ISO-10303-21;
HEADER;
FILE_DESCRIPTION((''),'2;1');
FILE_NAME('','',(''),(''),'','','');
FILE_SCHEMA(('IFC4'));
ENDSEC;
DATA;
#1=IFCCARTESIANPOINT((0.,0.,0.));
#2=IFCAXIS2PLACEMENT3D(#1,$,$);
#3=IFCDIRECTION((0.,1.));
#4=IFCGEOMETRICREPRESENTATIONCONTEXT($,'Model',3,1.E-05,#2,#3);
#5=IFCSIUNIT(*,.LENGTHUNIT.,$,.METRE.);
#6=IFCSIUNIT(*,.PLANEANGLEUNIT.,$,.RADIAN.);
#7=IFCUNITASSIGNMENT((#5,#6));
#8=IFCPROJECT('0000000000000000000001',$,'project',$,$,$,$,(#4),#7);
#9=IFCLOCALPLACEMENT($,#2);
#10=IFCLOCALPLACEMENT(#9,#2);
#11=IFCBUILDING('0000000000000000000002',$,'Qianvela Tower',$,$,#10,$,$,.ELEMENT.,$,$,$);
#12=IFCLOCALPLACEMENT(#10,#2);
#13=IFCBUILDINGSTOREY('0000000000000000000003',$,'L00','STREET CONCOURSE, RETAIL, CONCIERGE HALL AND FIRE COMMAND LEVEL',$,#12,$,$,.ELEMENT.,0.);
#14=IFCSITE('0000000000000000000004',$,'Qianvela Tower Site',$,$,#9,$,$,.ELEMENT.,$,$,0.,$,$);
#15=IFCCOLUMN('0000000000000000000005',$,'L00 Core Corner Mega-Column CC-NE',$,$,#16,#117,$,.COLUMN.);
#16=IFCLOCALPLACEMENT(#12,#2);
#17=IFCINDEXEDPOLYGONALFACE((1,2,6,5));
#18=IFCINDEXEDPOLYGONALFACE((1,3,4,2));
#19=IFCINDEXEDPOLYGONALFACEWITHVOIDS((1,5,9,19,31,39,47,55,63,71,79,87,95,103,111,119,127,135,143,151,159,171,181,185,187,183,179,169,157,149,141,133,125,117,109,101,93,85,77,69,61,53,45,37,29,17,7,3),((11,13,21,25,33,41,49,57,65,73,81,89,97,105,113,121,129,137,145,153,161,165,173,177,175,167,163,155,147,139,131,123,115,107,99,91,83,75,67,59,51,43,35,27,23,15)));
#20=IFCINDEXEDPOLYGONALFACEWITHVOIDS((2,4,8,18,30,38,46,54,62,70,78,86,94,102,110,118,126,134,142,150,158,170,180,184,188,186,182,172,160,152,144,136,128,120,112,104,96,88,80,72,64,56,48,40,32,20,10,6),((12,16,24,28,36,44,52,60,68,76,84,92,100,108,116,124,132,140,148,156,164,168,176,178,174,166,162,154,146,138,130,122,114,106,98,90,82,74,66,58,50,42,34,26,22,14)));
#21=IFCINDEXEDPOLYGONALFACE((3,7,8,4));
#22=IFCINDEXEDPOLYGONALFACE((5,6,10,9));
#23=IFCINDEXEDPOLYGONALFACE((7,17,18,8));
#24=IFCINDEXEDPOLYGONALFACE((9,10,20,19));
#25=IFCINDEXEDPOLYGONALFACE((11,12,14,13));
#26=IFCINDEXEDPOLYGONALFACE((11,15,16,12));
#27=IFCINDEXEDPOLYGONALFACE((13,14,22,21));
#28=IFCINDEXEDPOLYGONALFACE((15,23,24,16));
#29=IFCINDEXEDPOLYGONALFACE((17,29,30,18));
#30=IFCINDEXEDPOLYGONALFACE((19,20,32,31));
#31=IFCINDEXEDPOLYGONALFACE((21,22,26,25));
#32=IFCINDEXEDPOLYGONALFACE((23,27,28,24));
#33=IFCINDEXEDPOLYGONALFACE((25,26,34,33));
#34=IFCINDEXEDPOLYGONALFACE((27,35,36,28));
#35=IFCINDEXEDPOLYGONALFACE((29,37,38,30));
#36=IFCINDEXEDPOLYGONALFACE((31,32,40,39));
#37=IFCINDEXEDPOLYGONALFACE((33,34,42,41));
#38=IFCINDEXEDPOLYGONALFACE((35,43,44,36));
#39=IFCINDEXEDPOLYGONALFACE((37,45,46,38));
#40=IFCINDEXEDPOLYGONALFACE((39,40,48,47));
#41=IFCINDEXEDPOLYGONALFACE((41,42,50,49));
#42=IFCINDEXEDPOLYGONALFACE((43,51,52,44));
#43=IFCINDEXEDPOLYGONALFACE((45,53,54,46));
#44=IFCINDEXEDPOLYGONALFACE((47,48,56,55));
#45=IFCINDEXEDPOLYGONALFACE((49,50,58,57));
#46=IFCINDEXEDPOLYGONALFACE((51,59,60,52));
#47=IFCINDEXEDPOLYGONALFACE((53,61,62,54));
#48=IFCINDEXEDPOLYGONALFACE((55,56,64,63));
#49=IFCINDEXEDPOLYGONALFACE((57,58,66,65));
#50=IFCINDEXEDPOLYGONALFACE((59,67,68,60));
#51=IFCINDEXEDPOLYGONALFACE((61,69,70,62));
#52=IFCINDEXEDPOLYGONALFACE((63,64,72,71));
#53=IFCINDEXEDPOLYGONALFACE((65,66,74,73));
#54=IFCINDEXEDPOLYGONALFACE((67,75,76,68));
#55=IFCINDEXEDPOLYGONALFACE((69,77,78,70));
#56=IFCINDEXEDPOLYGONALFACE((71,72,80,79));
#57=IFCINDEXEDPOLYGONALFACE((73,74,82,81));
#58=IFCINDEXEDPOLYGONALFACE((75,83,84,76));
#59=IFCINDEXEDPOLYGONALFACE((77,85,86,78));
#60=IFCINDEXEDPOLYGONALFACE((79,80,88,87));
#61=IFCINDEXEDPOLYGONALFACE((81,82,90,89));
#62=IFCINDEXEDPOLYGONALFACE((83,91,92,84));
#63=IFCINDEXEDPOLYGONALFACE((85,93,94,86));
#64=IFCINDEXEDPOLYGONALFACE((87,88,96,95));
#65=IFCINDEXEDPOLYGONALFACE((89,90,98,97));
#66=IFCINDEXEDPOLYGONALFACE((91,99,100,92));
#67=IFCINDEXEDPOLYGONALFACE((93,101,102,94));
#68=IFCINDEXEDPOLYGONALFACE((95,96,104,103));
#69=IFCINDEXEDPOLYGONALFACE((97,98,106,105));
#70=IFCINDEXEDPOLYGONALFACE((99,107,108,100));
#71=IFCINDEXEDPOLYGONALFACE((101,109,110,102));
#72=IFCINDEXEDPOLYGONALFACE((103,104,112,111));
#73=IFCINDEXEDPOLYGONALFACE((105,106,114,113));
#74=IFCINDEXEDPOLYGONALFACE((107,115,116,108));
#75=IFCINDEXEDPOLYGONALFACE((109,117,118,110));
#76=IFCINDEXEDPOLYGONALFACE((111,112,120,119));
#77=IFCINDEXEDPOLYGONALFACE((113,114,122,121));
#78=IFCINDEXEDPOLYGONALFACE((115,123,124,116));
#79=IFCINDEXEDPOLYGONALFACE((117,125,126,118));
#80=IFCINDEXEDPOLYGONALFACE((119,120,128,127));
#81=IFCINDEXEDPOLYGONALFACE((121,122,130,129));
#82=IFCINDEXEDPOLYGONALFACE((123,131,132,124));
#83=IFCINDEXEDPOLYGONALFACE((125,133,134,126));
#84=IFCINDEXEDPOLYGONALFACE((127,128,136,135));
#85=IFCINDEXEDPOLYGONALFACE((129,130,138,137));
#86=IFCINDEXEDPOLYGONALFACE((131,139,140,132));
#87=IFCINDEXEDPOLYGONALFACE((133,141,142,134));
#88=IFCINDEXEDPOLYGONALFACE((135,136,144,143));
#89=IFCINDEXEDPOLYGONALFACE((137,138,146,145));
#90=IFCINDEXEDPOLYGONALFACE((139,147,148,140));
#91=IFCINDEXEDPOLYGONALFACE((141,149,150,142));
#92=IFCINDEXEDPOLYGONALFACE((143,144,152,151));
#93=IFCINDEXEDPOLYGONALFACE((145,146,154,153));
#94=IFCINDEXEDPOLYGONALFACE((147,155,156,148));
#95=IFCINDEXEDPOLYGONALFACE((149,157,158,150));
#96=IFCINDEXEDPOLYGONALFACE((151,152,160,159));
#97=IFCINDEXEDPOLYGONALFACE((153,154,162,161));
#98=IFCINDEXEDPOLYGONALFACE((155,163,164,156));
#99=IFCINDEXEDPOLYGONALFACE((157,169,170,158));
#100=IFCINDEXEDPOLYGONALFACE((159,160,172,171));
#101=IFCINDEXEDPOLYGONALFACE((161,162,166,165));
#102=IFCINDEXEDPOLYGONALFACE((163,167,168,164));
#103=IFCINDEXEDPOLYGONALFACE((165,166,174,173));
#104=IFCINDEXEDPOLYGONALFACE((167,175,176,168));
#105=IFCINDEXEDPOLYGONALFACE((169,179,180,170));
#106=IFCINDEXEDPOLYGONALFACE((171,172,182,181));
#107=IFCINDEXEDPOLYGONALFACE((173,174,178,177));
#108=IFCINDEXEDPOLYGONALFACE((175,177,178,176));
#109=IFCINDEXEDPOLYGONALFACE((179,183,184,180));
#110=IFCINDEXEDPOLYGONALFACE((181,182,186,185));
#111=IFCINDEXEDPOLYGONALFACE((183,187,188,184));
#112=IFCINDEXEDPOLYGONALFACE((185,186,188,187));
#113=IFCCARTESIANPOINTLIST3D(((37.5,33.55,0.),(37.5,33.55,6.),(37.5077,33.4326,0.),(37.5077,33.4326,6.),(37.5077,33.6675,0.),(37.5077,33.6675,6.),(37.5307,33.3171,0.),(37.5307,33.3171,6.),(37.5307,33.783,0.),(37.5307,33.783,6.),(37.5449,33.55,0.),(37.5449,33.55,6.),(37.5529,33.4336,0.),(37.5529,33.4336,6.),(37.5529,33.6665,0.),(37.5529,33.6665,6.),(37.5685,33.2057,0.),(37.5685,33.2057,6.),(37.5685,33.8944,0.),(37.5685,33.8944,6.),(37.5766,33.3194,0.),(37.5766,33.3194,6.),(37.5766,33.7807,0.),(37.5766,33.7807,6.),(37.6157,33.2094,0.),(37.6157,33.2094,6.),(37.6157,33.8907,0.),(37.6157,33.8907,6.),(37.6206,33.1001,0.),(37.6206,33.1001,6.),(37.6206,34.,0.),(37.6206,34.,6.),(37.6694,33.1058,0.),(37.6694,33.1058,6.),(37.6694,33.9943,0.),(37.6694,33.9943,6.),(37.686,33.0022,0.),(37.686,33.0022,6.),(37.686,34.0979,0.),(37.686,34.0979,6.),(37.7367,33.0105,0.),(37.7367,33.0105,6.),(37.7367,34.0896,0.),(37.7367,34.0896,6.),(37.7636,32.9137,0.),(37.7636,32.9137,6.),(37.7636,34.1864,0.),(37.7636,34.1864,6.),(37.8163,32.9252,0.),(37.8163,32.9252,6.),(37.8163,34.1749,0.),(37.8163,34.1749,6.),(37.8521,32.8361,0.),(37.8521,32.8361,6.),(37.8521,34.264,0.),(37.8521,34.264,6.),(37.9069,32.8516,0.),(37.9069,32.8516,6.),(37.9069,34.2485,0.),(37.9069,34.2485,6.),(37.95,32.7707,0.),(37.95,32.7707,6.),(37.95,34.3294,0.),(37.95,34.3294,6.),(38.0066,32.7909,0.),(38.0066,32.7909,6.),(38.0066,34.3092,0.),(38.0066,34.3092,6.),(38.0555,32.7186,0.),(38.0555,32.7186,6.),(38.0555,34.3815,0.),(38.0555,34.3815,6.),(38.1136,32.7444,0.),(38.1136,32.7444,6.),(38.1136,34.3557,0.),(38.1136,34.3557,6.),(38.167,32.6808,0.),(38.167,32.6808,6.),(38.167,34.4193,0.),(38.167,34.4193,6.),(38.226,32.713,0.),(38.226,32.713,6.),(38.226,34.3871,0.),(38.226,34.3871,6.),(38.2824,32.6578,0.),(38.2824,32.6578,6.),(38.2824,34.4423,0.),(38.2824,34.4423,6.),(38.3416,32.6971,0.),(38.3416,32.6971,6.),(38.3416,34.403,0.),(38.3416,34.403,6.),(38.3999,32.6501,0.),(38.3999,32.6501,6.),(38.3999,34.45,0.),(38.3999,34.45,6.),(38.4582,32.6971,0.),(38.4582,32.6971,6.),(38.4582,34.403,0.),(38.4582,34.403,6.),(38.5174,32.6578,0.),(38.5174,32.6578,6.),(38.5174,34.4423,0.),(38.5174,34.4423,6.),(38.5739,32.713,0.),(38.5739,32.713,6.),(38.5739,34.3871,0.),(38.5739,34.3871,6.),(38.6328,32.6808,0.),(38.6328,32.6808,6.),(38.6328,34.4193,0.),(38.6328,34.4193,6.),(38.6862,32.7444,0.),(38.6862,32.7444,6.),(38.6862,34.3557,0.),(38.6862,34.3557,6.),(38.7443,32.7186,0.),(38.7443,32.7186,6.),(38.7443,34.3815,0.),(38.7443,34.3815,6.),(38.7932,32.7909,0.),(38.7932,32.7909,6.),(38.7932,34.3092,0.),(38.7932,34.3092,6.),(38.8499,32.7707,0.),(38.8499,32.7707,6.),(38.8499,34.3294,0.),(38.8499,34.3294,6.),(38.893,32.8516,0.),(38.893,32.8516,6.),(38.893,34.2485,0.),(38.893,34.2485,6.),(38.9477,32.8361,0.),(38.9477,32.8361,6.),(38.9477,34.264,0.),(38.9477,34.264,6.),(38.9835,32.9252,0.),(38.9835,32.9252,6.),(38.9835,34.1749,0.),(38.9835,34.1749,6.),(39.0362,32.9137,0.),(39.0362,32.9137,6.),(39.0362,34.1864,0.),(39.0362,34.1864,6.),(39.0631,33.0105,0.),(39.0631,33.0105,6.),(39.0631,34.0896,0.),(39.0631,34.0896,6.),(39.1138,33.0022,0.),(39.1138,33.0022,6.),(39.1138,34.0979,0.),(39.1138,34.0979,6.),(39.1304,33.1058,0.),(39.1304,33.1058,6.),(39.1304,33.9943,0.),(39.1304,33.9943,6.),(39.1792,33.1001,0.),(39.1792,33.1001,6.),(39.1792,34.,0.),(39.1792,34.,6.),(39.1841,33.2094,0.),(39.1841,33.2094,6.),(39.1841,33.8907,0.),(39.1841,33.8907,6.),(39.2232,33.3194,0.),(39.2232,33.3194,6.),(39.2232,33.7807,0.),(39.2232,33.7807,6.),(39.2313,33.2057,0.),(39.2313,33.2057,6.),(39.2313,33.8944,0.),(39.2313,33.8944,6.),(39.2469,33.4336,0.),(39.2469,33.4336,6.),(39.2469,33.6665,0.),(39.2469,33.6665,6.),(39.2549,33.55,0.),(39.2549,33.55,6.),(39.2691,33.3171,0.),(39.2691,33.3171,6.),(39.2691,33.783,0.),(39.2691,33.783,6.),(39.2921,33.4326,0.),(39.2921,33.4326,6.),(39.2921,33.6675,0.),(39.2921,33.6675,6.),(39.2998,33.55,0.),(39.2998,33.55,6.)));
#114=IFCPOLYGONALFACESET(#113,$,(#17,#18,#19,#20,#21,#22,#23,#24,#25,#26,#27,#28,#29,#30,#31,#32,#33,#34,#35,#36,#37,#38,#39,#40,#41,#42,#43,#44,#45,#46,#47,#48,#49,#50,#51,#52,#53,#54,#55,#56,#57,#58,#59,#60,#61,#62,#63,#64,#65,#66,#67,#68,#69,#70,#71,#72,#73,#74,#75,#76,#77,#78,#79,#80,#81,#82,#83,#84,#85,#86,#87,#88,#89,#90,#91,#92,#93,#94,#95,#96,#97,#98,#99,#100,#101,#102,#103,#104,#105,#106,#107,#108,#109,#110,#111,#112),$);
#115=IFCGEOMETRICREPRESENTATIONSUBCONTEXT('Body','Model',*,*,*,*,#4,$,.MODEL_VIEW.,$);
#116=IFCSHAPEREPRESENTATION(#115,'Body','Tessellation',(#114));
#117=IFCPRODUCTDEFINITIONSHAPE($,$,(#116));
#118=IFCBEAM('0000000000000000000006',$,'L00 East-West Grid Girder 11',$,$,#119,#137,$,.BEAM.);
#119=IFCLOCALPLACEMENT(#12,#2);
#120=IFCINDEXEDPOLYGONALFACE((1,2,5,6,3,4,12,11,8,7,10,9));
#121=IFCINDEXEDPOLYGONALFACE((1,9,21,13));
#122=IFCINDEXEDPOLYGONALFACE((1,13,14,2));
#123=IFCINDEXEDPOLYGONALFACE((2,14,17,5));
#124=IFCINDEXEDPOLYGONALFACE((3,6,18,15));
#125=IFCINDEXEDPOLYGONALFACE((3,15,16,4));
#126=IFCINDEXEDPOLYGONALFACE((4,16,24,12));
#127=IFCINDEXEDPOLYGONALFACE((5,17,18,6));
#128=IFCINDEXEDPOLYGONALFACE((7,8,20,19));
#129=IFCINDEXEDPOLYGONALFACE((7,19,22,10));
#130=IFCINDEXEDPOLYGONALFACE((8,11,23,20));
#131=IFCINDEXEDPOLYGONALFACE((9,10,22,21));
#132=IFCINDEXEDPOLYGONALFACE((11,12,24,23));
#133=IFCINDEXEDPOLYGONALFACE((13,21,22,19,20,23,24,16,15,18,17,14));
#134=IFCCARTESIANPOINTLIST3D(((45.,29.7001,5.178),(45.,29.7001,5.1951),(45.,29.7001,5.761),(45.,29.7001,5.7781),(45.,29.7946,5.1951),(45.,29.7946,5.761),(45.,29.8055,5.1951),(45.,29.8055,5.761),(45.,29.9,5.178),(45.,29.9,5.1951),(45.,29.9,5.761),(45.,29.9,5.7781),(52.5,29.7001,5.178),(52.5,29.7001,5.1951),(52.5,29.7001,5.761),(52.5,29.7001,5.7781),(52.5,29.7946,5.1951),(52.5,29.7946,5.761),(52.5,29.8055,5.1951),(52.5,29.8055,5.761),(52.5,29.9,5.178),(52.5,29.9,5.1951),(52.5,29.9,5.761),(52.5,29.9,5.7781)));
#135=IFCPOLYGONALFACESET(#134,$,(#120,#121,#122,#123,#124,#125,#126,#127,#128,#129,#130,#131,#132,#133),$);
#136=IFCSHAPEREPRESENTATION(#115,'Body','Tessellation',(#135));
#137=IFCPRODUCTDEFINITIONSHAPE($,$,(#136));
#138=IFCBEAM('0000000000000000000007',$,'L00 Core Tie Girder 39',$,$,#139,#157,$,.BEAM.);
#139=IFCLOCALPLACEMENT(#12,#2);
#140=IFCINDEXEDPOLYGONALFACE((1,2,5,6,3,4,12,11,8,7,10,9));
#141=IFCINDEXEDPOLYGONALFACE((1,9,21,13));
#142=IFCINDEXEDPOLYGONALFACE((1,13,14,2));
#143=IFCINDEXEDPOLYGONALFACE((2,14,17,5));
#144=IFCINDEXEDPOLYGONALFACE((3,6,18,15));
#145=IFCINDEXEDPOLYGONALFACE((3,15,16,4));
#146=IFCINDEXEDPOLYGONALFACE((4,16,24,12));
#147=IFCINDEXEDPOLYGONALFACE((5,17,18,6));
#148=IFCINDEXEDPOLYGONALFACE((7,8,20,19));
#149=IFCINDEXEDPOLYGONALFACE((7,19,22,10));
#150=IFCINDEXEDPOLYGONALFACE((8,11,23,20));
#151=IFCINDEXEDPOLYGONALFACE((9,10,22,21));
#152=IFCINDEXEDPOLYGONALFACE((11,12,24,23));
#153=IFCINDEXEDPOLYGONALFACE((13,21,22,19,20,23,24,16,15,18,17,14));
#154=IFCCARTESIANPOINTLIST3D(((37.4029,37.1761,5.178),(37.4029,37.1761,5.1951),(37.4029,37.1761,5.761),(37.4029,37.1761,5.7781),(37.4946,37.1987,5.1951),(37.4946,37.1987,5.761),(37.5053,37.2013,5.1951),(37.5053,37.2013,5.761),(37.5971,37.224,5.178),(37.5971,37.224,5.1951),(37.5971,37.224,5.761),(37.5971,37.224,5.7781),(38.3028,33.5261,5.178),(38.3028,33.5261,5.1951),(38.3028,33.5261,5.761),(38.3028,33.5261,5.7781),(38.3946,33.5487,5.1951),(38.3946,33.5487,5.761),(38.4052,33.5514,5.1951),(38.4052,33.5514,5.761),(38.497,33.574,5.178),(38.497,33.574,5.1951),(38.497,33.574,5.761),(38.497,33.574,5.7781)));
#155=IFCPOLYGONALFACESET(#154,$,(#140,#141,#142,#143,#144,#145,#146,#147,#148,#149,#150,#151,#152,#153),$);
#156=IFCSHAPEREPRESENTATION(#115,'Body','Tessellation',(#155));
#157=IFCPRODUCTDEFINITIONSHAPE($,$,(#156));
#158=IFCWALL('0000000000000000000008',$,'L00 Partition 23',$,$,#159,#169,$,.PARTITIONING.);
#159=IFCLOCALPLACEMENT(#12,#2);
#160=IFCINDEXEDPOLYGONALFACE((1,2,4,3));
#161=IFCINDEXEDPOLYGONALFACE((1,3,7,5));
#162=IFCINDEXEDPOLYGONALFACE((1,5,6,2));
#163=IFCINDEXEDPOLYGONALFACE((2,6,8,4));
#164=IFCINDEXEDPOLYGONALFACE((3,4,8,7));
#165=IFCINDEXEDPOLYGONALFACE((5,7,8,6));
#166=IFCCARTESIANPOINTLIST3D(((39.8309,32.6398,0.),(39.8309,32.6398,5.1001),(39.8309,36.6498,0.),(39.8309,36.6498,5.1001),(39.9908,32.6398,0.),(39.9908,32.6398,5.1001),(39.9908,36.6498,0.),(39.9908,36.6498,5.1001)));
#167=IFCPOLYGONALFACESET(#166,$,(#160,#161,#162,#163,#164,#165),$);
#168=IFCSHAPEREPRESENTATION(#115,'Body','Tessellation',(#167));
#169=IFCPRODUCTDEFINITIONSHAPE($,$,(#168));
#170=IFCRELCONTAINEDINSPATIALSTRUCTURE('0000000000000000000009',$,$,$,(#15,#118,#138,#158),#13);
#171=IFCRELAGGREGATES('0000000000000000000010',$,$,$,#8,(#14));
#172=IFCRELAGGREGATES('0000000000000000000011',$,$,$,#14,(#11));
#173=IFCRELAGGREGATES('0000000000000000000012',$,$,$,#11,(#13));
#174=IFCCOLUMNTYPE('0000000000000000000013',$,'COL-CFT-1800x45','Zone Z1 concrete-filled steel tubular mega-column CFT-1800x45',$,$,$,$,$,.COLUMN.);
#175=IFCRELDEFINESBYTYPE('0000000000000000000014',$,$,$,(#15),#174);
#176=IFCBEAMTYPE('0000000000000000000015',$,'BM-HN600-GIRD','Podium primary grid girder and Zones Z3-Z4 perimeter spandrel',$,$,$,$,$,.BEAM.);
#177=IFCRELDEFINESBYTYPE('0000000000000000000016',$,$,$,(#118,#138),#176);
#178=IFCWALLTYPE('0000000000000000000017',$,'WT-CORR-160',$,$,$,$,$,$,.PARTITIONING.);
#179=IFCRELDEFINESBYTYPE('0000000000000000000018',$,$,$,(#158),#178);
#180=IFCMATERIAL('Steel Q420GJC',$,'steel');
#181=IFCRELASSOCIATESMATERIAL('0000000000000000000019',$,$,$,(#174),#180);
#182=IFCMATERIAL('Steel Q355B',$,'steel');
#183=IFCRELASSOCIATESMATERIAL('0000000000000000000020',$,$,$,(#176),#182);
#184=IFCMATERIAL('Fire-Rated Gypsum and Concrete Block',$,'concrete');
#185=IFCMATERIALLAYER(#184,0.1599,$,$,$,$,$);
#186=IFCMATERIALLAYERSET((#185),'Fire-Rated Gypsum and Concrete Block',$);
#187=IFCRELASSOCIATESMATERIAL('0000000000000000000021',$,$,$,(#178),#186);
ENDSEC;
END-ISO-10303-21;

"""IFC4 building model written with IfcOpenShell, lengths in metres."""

from ifc_helpers import new_model, si_unit, direction, frame, frame_2d, origin, origin_2d, place, context, subcontext, project, spatial, rectangle, hollow_circle, i_section, extrude, material, layer, layer_set, material_profile, profile_set, type_object, element, save


model = new_model("IFC4")

# Units and contexts
model_context = context("Model", 3, precision=1e-05, world=origin(), true_north=direction((0.0, 1.0)))
body_context = subcontext(model_context, "Body", "Model", "MODEL_VIEW")
ifc_project = project(units=[si_unit("LENGTHUNIT", "METRE"), si_unit("PLANEANGLEUNIT", "RADIAN")], contexts=[model_context])

# Site, building, storey
site_placement = place(None, origin())
site = spatial("IfcSite", under=ifc_project, at=site_placement, Name="Qianvela Tower Site", CompositionType="ELEMENT", RefElevation=0.0)
building_placement = place(site_placement, origin())
building = spatial("IfcBuilding", under=site, at=building_placement, Name="Qianvela Tower", CompositionType="ELEMENT")
storey_placement = place(building_placement, origin())
storey = spatial("IfcBuildingStorey", under=building, at=storey_placement, Name="L00", Description="STREET CONCOURSE, RETAIL, CONCIERGE HALL AND FIRE COMMAND LEVEL", CompositionType="ELEMENT", Elevation=0.0)

# Column
ifc_material_1 = material(Name="Steel Q420GJC", Category="steel")
ifc_material_profile_1 = material_profile(ifc_material_1, hollow_circle(Radius=0.8999, WallThickness=0.0449, at=origin_2d()), Name="CFT-1800x45")
ifc_profile_set_1 = profile_set([ifc_material_profile_1], Name="Steel Q420GJC")
column_type = type_object("IfcColumnType", Name="COL-CFT-1800x45", Description="Zone Z1 concrete-filled steel tubular mega-column CFT-1800x45", PredefinedType="COLUMN", material=ifc_profile_set_1)
column_placement = place(storey_placement, frame((38.3999, 33.55, 0.0), z_axis=(0.0, 0.0, 1.0), x_axis=(1.0, 0.0, 0.0)))
element("IfcColumn", 1, at=column_placement, inside=storey, type_object=column_type, Name="L00 Core Corner Mega-Column CC-NE", PredefinedType="COLUMN", context=body_context, shape_type="SweptSolid", body=[
    extrude(hollow_circle(Radius=0.8999, WallThickness=0.0449, at=origin_2d()), origin(), (0.0, 0.0, 1.0), 6.0),
])

# Beams
ifc_material_2 = material(Name="Steel Q355B", Category="steel")
ifc_material_profile_2 = material_profile(ifc_material_2, i_section(OverallWidth=0.2, OverallDepth=0.6001, WebThickness=0.011, FlangeThickness=0.0171, at=origin_2d()), Name="HN600x200x11x17")
ifc_profile_set_2 = profile_set([ifc_material_profile_2], Name="Steel Q355B")
beam_type = type_object("IfcBeamType", Name="BM-HN600-GIRD", Description="Podium primary grid girder and Zones Z3-Z4 perimeter spandrel", PredefinedType="BEAM", material=ifc_profile_set_2)
beam_1_placement = place(storey_placement, frame((45.0, 29.8, 5.478), z_axis=(1.0, 0.0, 0.0), x_axis=(0.0, 1.0, 0.0)))
element("IfcBeam", 2, at=beam_1_placement, inside=storey, type_object=beam_type, Name="L00 East-West Grid Girder 11", PredefinedType="BEAM", context=body_context, shape_type="SweptSolid", body=[
    extrude(i_section(OverallWidth=0.2, OverallDepth=0.6001, WebThickness=0.011, FlangeThickness=0.0171, at=origin_2d()), origin(), (0.0, 0.0, 1.0), 7.5),
])
beam_2_placement = place(storey_placement, frame((38.3999, 33.55, 5.478), z_axis=(-0.239386, 0.970924, 0.0), x_axis=(-0.970924, -0.239386, 0.0)))
element("IfcBeam", 3, at=beam_2_placement, inside=storey, type_object=beam_type, Name="L00 Core Tie Girder 39", PredefinedType="BEAM", context=body_context, shape_type="SweptSolid", body=[
    extrude(i_section(OverallWidth=0.2, OverallDepth=0.6001, WebThickness=0.011, FlangeThickness=0.0171, at=origin_2d()), origin(), (0.0, 0.0, 1.0), 3.7593),
])

# Wall
ifc_material_3 = material(Name="Fire-Rated Gypsum and Concrete Block", Category="concrete")
ifc_layer_1 = layer(ifc_material_3, 0.1599)
ifc_layer_set_1 = layer_set([ifc_layer_1], Name="Fire-Rated Gypsum and Concrete Block")
wall_type_1 = type_object("IfcWallType", Name="WT-CORR-160", PredefinedType="PARTITIONING", material=ifc_layer_set_1)
wall_1_placement = place(storey_placement, frame((39.9109, 32.6399, 0.0), z_axis=(0.0, 0.0, 1.0), x_axis=(0.0, 1.0, 0.0)))
element("IfcWall", 4, at=wall_1_placement, inside=storey, type_object=wall_type_1, Name="L00 Partition 23", PredefinedType="PARTITIONING", context=body_context, shape_type="SweptSolid", body=[
    extrude(rectangle(XDim=4.01, YDim=0.1599, at=frame_2d((2.0049, 0.0))), origin(), (0.0, 0.0, 1.0), 5.1001),
])

save(model, "model.ifc")
